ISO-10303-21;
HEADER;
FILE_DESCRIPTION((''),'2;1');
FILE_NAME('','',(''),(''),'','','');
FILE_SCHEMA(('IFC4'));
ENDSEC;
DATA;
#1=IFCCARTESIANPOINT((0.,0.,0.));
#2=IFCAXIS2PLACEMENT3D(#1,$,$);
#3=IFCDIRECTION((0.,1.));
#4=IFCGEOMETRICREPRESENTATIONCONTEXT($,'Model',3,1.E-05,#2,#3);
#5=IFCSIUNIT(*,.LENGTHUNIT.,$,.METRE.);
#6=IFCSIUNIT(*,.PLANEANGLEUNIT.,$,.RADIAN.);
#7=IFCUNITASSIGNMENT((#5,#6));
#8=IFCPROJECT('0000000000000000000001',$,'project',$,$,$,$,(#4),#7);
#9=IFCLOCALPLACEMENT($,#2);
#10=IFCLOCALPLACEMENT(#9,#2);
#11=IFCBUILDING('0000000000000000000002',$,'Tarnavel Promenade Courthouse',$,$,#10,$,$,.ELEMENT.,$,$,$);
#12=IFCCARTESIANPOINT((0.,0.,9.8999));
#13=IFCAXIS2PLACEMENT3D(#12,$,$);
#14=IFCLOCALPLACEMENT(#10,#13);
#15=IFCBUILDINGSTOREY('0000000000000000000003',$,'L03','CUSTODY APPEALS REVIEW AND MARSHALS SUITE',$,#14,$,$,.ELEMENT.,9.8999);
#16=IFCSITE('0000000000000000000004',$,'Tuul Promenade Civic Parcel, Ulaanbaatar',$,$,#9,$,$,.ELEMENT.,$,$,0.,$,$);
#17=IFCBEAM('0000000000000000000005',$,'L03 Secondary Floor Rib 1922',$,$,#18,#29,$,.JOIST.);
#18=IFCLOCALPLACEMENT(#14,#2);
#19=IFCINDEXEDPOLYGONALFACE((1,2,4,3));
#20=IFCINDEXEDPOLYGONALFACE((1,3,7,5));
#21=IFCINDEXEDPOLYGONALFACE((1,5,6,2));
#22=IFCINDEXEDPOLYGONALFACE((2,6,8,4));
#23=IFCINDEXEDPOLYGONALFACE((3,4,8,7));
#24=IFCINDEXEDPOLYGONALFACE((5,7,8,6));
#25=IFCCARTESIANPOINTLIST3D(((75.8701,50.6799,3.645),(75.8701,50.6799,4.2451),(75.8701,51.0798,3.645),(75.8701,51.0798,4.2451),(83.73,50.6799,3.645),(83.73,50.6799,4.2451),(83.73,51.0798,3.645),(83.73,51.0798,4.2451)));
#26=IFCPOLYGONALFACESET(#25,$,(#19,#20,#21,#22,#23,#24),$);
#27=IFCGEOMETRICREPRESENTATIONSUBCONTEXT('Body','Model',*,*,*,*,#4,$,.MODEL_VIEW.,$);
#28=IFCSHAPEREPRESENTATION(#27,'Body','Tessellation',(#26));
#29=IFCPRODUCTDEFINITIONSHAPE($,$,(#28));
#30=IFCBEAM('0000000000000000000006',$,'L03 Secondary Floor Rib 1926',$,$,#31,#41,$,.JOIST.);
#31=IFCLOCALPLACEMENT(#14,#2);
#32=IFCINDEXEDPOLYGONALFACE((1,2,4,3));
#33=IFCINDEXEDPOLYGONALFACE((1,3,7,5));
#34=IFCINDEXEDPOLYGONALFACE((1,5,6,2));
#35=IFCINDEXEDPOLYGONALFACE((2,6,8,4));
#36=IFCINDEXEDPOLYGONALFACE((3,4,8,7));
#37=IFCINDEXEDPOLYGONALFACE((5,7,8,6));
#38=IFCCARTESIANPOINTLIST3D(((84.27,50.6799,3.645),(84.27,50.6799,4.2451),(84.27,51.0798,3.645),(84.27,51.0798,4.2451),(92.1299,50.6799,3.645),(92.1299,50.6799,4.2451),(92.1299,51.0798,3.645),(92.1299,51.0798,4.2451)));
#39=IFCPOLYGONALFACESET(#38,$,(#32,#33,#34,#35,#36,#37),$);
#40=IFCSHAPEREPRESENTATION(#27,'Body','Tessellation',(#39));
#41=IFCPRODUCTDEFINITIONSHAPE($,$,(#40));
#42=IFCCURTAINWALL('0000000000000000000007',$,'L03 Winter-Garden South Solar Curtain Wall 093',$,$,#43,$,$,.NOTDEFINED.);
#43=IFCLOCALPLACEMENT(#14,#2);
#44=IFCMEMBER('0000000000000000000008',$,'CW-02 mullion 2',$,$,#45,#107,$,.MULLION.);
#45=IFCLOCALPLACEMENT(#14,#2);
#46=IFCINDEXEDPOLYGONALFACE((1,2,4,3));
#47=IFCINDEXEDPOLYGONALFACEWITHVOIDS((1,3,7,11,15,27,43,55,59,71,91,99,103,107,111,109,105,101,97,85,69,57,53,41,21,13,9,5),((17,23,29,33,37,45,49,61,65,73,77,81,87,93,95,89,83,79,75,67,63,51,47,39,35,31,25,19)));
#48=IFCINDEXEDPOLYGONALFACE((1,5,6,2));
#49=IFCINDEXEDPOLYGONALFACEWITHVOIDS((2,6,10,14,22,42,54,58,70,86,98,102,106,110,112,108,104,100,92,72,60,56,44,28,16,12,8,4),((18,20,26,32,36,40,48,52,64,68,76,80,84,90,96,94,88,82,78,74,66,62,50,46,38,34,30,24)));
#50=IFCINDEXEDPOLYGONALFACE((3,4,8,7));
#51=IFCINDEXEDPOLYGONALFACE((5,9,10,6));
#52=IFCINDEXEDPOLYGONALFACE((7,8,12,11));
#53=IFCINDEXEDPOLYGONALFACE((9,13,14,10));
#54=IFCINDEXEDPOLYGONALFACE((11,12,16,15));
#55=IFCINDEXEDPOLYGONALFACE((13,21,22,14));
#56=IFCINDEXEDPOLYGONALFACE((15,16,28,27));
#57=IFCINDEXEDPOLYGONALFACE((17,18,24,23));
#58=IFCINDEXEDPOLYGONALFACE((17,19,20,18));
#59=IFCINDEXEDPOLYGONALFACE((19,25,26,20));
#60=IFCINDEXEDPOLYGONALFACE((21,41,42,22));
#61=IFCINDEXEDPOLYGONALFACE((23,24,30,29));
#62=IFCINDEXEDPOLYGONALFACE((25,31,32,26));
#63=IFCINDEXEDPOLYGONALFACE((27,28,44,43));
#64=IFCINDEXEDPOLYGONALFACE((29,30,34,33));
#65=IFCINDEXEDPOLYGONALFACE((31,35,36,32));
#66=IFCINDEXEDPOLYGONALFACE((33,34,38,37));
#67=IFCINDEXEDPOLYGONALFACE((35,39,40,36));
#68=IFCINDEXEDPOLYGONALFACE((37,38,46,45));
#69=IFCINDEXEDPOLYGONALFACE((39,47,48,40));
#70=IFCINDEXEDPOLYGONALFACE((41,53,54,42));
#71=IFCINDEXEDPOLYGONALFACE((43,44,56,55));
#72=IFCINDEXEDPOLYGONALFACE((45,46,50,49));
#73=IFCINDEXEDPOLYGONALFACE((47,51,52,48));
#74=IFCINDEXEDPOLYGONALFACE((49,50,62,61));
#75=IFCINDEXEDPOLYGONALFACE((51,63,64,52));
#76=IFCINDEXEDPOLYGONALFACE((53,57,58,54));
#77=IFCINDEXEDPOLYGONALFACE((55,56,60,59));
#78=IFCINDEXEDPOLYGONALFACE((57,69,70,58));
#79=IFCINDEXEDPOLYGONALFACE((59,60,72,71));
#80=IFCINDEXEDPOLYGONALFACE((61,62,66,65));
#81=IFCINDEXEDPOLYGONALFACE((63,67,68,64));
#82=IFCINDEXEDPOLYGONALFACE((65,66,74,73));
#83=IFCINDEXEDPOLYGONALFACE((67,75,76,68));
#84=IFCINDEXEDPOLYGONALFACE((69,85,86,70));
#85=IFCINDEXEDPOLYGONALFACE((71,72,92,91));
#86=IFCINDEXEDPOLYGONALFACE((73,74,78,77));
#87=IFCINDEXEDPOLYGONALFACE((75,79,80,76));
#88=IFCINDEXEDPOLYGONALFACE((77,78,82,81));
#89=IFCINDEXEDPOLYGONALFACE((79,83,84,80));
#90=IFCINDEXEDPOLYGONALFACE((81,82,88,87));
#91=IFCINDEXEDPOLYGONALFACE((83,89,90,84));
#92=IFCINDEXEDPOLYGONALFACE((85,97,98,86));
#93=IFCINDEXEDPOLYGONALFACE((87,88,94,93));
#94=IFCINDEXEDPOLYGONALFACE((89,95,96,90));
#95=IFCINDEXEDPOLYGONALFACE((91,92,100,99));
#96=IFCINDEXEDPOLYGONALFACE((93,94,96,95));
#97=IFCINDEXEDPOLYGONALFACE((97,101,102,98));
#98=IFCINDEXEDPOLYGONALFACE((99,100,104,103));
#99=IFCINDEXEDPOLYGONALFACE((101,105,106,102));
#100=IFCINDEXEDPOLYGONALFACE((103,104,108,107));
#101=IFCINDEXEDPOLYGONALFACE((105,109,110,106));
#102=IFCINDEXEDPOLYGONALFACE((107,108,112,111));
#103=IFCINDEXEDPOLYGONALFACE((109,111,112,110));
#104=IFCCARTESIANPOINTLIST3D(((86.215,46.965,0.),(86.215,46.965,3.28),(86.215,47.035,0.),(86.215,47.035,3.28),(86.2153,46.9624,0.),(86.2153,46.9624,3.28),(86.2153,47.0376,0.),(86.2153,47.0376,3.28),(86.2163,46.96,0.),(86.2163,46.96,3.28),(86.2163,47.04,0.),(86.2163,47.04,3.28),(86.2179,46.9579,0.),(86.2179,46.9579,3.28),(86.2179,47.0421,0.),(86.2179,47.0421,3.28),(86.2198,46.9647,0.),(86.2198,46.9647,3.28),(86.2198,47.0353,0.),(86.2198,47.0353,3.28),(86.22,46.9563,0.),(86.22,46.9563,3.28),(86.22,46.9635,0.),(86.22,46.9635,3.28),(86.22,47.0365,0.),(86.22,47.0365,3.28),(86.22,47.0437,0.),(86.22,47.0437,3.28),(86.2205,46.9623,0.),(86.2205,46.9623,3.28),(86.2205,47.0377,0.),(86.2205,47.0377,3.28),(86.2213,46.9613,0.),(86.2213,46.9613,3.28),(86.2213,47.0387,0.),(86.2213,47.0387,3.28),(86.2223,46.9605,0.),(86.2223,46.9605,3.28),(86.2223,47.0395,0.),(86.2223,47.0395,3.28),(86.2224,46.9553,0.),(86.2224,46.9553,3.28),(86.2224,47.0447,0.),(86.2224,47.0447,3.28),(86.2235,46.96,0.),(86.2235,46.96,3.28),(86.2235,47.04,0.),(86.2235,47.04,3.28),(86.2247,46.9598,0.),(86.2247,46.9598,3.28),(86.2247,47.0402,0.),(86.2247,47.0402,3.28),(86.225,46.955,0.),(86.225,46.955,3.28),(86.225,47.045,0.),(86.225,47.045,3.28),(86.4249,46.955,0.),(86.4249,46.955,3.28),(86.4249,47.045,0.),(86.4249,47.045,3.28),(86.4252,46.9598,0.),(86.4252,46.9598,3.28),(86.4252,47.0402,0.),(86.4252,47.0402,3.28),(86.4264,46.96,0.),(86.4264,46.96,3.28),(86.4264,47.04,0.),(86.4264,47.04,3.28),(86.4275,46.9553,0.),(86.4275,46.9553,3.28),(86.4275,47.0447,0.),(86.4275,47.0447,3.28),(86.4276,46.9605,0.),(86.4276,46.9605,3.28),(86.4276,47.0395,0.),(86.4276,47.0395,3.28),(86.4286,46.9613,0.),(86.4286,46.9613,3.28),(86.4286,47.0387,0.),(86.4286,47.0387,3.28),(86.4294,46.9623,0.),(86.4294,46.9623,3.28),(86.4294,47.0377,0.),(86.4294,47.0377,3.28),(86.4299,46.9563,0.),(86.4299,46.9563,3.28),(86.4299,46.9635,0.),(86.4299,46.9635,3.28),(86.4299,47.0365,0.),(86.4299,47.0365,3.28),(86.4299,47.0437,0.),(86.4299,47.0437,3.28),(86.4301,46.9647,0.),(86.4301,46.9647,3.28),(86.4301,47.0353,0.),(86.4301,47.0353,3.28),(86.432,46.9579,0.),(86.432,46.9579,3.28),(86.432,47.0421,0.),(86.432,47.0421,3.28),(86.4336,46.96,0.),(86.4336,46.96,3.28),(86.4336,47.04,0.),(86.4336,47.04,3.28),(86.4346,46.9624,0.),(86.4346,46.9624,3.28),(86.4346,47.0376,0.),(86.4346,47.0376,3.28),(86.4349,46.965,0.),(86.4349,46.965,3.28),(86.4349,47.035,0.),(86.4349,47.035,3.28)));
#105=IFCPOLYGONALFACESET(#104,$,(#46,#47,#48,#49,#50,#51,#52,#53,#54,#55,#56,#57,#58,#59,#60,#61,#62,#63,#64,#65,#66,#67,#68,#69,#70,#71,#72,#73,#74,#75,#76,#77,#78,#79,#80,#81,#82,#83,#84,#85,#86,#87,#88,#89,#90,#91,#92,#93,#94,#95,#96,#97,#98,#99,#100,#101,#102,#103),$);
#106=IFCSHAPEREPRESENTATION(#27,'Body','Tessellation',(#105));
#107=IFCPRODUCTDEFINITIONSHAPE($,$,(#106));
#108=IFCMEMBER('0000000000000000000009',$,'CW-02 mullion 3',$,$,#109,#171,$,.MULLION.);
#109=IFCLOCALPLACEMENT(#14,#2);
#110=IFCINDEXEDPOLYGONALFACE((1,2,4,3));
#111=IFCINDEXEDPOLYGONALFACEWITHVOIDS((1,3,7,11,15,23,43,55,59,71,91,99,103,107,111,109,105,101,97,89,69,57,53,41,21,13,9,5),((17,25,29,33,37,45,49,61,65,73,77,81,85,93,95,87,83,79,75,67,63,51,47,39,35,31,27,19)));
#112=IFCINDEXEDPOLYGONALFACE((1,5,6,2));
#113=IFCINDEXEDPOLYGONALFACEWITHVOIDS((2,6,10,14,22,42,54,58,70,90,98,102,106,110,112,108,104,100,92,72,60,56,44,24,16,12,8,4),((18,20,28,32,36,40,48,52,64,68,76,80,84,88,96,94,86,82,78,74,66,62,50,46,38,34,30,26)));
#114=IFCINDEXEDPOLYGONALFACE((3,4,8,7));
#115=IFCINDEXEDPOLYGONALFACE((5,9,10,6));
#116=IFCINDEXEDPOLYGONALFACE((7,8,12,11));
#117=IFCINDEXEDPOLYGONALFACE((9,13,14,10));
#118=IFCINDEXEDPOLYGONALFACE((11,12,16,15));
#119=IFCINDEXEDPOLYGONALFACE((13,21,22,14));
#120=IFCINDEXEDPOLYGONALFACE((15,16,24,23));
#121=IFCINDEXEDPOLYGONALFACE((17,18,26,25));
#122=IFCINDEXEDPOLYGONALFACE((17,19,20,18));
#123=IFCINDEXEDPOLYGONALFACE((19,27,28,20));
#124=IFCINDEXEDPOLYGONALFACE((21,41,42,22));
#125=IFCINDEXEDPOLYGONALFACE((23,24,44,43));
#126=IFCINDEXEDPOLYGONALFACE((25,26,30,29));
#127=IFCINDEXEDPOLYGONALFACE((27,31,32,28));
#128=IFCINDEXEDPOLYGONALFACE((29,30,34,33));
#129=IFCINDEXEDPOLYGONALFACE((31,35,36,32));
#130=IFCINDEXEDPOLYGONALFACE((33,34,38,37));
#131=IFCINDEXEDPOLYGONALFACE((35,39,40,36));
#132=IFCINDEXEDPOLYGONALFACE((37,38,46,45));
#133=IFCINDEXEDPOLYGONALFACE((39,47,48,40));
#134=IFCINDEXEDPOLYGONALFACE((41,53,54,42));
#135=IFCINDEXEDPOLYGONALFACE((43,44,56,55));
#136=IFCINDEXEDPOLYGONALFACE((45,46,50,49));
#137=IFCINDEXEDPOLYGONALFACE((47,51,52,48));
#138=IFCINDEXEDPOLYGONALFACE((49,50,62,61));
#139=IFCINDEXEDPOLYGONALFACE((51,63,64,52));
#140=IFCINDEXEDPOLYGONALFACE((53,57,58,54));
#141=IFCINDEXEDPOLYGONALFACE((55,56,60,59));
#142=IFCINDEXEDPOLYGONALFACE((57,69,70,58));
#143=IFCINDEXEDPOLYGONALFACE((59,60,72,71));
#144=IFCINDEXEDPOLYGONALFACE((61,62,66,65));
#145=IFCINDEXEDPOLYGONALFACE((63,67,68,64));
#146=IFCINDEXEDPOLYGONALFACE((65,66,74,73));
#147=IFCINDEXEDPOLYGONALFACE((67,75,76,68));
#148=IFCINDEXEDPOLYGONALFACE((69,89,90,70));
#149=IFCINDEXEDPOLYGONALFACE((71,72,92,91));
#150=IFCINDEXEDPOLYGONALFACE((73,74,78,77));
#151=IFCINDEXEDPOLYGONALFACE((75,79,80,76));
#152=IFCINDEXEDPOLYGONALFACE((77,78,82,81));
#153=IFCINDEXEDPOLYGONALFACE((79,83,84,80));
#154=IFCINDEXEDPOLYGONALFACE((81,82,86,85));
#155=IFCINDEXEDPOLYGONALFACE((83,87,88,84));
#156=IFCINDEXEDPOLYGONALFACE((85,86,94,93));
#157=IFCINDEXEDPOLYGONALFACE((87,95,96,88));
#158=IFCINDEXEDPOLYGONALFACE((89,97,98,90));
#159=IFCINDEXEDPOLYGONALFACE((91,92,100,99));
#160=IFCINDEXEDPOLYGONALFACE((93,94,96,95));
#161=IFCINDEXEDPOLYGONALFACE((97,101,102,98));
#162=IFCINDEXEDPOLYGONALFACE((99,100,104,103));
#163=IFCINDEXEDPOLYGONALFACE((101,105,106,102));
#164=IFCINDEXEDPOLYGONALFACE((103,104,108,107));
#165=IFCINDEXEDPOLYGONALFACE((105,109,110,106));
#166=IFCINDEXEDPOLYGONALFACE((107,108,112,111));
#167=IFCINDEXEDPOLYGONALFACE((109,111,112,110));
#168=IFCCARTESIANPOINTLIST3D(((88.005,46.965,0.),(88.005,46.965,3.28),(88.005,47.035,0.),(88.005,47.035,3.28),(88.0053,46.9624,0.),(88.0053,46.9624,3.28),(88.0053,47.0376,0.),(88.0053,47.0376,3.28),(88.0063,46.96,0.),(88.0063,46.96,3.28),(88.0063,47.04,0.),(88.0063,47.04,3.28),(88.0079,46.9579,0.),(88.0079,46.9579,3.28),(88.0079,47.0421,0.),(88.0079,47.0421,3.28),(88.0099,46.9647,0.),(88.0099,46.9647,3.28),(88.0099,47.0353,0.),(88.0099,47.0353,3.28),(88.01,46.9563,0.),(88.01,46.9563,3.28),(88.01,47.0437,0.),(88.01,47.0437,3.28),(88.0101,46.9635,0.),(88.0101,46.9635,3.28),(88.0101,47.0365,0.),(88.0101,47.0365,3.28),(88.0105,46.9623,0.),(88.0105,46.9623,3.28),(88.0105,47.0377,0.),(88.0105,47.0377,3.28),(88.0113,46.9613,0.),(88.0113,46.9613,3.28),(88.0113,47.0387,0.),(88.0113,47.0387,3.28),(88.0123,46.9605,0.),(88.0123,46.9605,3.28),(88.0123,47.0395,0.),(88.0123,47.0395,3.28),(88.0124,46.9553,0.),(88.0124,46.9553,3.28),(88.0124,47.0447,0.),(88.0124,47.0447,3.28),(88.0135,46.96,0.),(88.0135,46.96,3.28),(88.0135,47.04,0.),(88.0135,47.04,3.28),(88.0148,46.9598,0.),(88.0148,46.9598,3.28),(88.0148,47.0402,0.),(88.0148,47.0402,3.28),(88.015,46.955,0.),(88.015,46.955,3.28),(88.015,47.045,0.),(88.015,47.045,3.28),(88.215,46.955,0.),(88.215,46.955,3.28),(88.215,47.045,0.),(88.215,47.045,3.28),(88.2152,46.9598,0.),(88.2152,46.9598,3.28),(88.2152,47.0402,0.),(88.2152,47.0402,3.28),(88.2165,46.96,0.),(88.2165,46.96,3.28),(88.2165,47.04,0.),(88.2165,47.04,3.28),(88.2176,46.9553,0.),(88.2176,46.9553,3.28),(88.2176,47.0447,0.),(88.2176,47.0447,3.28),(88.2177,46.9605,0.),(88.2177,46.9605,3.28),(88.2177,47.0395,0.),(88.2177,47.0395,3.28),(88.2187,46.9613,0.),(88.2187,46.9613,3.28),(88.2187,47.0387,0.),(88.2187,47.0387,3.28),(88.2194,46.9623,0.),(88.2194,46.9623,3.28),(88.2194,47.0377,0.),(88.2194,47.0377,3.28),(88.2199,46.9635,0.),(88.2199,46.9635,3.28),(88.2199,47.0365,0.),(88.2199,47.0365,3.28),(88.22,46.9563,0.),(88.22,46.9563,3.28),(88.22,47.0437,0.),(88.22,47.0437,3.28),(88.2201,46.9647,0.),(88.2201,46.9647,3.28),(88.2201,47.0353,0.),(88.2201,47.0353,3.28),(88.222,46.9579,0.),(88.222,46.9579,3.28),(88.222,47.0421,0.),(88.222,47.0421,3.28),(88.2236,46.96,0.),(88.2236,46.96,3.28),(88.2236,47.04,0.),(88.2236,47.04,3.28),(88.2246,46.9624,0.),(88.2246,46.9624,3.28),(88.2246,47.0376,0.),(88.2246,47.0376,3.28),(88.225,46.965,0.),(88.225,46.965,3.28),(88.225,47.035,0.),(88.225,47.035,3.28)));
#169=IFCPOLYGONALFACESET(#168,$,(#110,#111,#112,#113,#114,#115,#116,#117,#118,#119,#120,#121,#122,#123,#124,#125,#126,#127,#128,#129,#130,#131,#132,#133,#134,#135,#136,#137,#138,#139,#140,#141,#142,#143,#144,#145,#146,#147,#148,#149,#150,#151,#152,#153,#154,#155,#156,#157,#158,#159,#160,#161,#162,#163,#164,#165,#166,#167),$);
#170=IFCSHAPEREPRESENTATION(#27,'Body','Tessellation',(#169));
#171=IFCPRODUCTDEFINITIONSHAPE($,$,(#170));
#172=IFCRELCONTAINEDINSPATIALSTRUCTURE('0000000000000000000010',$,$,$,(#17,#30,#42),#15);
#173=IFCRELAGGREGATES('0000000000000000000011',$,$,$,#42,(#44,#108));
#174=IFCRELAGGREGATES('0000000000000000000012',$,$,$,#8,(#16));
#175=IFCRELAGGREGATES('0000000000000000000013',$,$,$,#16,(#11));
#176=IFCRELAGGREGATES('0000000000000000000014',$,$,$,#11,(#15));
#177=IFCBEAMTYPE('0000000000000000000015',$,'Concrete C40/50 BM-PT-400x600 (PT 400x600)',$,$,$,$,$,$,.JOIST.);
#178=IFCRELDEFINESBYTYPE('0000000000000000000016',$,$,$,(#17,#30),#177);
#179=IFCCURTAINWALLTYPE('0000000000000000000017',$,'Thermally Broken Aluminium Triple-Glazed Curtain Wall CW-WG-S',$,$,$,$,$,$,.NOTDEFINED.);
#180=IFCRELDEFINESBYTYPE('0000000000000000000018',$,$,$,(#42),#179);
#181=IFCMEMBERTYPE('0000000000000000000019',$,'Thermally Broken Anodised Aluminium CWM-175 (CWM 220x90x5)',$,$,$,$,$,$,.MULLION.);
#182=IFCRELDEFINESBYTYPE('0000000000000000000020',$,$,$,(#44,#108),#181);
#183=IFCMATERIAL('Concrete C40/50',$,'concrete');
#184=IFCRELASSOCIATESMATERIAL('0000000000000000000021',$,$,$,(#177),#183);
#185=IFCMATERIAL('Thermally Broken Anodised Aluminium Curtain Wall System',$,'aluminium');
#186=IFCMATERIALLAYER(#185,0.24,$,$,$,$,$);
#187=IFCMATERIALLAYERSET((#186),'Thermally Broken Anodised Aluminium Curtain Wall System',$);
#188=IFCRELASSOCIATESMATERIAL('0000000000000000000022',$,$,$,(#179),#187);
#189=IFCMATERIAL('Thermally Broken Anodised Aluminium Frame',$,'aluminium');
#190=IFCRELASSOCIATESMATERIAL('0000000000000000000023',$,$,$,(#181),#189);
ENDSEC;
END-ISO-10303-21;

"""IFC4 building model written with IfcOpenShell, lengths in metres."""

from ifc_helpers import new_model, si_unit, direction, frame, origin, origin_2d, place, context, subcontext, project, spatial, rectangle, hollow_rectangle, extrude, material, layer, layer_set, material_profile, profile_set, type_object, element, aggregate, save


model = new_model("IFC4")

# Units and contexts
model_context = context("Model", 3, precision=1e-05, world=origin(), true_north=direction((0.0, 1.0)))
body_context = subcontext(model_context, "Body", "Model", "MODEL_VIEW")
ifc_project = project(units=[si_unit("LENGTHUNIT", "METRE"), si_unit("PLANEANGLEUNIT", "RADIAN")], contexts=[model_context])

# Site, building, storey
site_placement = place(None, origin())
site = spatial("IfcSite", under=ifc_project, at=site_placement, Name="Tuul Promenade Civic Parcel, Ulaanbaatar", CompositionType="ELEMENT", RefElevation=0.0)
building_placement = place(site_placement, origin())
building = spatial("IfcBuilding", under=site, at=building_placement, Name="Tarnavel Promenade Courthouse", CompositionType="ELEMENT")
storey_placement = place(building_placement, frame((0.0, 0.0, 9.8999)))
storey = spatial("IfcBuildingStorey", under=building, at=storey_placement, Name="L03", Description="CUSTODY APPEALS REVIEW AND MARSHALS SUITE", CompositionType="ELEMENT", Elevation=9.8999)

# Beams
ifc_material_1 = material(Name="Concrete C40/50", Category="concrete")
ifc_material_profile_1 = material_profile(ifc_material_1, rectangle(XDim=0.3999, YDim=0.6001, at=origin_2d()), Name="PT 400x600")
ifc_profile_set_1 = profile_set([ifc_material_profile_1], Name="Concrete C40/50")
beam_type = type_object("IfcBeamType", Name="Concrete C40/50 BM-PT-400x600 (PT 400x600)", PredefinedType="JOIST", material=ifc_profile_set_1)
for number, where, z_axis, x_axis, name in (
    (1, (75.8701, 50.8799, 3.9451), (1.0, 0.0, 0.0), (0.0, 1.0, 0.0), "L03 Secondary Floor Rib 1922"),
    (2, (84.27, 50.8799, 3.9451), (1.0, 0.0, 0.0), (0.0, 1.0, 0.0), "L03 Secondary Floor Rib 1926"),
):
    element("IfcBeam", number, at=place(storey_placement, frame(where, z_axis=z_axis, x_axis=x_axis)), inside=storey, type_object=beam_type, Name=name, PredefinedType="JOIST", context=body_context, shape_type="SweptSolid", body=[
        extrude(rectangle(XDim=0.3999, YDim=0.6001, at=origin_2d()), origin(), (0.0, 0.0, 1.0), 7.8599),
    ])

# Curtain wall, members
ifc_material_2 = material(Name="Thermally Broken Anodised Aluminium Curtain Wall System", Category="aluminium")
ifc_layer_1 = layer(ifc_material_2, 0.24)
ifc_layer_set_1 = layer_set([ifc_layer_1], Name="Thermally Broken Anodised Aluminium Curtain Wall System")
curtain_wall_type = type_object("IfcCurtainWallType", Name="Thermally Broken Aluminium Triple-Glazed Curtain Wall CW-WG-S", PredefinedType="NOTDEFINED", material=ifc_layer_set_1)
curtain_wall_1_placement = place(storey_placement, origin())
curtain_wall_1 = element("IfcCurtainWall", 3, at=curtain_wall_1_placement, inside=storey, type_object=curtain_wall_type, Name="L03 Winter-Garden South Solar Curtain Wall 093", PredefinedType="NOTDEFINED")
ifc_material_3 = material(Name="Thermally Broken Anodised Aluminium Frame", Category="aluminium")
ifc_material_profile_2 = material_profile(ifc_material_3, hollow_rectangle(XDim=0.0901, YDim=0.22, WallThickness=0.0049, InnerFilletRadius=0.0049, OuterFilletRadius=0.01, at=origin_2d()), Name="CWM 220x90x5")
ifc_profile_set_2 = profile_set([ifc_material_profile_2], Name="Thermally Broken Anodised Aluminium Frame")
member_type_1 = type_object("IfcMemberType", Name="Thermally Broken Anodised Aluminium CWM-175 (CWM 220x90x5)", PredefinedType="MULLION", material=ifc_profile_set_2)
member_1_placement = place(storey_placement, frame((86.325, 47.0, 0.0), z_axis=(0.0, 0.0, 1.0), x_axis=(0.0, 1.0, 0.0)))
member_1 = element("IfcMember", 4, at=member_1_placement, type_object=member_type_1, Name="CW-02 mullion 2", PredefinedType="MULLION", context=body_context, shape_type="SweptSolid", body=[
    extrude(hollow_rectangle(XDim=0.0901, YDim=0.22, WallThickness=0.0049, InnerFilletRadius=0.0049, OuterFilletRadius=0.01, at=origin_2d()), origin(), (0.0, 0.0, 1.0), 3.28),
])
member_2_placement = place(storey_placement, frame((88.115, 47.0, 0.0), z_axis=(0.0, 0.0, 1.0), x_axis=(0.0, 1.0, 0.0)))
member_2 = element("IfcMember", 5, at=member_2_placement, type_object=member_type_1, Name="CW-02 mullion 3", PredefinedType="MULLION", context=body_context, shape_type="SweptSolid", body=[
    extrude(hollow_rectangle(XDim=0.0901, YDim=0.22, WallThickness=0.0049, InnerFilletRadius=0.0049, OuterFilletRadius=0.01, at=origin_2d()), origin(), (0.0, 0.0, 1.0), 3.28),
])

aggregate(curtain_wall_1, [member_1, member_2])

save(model, "model.ifc")
